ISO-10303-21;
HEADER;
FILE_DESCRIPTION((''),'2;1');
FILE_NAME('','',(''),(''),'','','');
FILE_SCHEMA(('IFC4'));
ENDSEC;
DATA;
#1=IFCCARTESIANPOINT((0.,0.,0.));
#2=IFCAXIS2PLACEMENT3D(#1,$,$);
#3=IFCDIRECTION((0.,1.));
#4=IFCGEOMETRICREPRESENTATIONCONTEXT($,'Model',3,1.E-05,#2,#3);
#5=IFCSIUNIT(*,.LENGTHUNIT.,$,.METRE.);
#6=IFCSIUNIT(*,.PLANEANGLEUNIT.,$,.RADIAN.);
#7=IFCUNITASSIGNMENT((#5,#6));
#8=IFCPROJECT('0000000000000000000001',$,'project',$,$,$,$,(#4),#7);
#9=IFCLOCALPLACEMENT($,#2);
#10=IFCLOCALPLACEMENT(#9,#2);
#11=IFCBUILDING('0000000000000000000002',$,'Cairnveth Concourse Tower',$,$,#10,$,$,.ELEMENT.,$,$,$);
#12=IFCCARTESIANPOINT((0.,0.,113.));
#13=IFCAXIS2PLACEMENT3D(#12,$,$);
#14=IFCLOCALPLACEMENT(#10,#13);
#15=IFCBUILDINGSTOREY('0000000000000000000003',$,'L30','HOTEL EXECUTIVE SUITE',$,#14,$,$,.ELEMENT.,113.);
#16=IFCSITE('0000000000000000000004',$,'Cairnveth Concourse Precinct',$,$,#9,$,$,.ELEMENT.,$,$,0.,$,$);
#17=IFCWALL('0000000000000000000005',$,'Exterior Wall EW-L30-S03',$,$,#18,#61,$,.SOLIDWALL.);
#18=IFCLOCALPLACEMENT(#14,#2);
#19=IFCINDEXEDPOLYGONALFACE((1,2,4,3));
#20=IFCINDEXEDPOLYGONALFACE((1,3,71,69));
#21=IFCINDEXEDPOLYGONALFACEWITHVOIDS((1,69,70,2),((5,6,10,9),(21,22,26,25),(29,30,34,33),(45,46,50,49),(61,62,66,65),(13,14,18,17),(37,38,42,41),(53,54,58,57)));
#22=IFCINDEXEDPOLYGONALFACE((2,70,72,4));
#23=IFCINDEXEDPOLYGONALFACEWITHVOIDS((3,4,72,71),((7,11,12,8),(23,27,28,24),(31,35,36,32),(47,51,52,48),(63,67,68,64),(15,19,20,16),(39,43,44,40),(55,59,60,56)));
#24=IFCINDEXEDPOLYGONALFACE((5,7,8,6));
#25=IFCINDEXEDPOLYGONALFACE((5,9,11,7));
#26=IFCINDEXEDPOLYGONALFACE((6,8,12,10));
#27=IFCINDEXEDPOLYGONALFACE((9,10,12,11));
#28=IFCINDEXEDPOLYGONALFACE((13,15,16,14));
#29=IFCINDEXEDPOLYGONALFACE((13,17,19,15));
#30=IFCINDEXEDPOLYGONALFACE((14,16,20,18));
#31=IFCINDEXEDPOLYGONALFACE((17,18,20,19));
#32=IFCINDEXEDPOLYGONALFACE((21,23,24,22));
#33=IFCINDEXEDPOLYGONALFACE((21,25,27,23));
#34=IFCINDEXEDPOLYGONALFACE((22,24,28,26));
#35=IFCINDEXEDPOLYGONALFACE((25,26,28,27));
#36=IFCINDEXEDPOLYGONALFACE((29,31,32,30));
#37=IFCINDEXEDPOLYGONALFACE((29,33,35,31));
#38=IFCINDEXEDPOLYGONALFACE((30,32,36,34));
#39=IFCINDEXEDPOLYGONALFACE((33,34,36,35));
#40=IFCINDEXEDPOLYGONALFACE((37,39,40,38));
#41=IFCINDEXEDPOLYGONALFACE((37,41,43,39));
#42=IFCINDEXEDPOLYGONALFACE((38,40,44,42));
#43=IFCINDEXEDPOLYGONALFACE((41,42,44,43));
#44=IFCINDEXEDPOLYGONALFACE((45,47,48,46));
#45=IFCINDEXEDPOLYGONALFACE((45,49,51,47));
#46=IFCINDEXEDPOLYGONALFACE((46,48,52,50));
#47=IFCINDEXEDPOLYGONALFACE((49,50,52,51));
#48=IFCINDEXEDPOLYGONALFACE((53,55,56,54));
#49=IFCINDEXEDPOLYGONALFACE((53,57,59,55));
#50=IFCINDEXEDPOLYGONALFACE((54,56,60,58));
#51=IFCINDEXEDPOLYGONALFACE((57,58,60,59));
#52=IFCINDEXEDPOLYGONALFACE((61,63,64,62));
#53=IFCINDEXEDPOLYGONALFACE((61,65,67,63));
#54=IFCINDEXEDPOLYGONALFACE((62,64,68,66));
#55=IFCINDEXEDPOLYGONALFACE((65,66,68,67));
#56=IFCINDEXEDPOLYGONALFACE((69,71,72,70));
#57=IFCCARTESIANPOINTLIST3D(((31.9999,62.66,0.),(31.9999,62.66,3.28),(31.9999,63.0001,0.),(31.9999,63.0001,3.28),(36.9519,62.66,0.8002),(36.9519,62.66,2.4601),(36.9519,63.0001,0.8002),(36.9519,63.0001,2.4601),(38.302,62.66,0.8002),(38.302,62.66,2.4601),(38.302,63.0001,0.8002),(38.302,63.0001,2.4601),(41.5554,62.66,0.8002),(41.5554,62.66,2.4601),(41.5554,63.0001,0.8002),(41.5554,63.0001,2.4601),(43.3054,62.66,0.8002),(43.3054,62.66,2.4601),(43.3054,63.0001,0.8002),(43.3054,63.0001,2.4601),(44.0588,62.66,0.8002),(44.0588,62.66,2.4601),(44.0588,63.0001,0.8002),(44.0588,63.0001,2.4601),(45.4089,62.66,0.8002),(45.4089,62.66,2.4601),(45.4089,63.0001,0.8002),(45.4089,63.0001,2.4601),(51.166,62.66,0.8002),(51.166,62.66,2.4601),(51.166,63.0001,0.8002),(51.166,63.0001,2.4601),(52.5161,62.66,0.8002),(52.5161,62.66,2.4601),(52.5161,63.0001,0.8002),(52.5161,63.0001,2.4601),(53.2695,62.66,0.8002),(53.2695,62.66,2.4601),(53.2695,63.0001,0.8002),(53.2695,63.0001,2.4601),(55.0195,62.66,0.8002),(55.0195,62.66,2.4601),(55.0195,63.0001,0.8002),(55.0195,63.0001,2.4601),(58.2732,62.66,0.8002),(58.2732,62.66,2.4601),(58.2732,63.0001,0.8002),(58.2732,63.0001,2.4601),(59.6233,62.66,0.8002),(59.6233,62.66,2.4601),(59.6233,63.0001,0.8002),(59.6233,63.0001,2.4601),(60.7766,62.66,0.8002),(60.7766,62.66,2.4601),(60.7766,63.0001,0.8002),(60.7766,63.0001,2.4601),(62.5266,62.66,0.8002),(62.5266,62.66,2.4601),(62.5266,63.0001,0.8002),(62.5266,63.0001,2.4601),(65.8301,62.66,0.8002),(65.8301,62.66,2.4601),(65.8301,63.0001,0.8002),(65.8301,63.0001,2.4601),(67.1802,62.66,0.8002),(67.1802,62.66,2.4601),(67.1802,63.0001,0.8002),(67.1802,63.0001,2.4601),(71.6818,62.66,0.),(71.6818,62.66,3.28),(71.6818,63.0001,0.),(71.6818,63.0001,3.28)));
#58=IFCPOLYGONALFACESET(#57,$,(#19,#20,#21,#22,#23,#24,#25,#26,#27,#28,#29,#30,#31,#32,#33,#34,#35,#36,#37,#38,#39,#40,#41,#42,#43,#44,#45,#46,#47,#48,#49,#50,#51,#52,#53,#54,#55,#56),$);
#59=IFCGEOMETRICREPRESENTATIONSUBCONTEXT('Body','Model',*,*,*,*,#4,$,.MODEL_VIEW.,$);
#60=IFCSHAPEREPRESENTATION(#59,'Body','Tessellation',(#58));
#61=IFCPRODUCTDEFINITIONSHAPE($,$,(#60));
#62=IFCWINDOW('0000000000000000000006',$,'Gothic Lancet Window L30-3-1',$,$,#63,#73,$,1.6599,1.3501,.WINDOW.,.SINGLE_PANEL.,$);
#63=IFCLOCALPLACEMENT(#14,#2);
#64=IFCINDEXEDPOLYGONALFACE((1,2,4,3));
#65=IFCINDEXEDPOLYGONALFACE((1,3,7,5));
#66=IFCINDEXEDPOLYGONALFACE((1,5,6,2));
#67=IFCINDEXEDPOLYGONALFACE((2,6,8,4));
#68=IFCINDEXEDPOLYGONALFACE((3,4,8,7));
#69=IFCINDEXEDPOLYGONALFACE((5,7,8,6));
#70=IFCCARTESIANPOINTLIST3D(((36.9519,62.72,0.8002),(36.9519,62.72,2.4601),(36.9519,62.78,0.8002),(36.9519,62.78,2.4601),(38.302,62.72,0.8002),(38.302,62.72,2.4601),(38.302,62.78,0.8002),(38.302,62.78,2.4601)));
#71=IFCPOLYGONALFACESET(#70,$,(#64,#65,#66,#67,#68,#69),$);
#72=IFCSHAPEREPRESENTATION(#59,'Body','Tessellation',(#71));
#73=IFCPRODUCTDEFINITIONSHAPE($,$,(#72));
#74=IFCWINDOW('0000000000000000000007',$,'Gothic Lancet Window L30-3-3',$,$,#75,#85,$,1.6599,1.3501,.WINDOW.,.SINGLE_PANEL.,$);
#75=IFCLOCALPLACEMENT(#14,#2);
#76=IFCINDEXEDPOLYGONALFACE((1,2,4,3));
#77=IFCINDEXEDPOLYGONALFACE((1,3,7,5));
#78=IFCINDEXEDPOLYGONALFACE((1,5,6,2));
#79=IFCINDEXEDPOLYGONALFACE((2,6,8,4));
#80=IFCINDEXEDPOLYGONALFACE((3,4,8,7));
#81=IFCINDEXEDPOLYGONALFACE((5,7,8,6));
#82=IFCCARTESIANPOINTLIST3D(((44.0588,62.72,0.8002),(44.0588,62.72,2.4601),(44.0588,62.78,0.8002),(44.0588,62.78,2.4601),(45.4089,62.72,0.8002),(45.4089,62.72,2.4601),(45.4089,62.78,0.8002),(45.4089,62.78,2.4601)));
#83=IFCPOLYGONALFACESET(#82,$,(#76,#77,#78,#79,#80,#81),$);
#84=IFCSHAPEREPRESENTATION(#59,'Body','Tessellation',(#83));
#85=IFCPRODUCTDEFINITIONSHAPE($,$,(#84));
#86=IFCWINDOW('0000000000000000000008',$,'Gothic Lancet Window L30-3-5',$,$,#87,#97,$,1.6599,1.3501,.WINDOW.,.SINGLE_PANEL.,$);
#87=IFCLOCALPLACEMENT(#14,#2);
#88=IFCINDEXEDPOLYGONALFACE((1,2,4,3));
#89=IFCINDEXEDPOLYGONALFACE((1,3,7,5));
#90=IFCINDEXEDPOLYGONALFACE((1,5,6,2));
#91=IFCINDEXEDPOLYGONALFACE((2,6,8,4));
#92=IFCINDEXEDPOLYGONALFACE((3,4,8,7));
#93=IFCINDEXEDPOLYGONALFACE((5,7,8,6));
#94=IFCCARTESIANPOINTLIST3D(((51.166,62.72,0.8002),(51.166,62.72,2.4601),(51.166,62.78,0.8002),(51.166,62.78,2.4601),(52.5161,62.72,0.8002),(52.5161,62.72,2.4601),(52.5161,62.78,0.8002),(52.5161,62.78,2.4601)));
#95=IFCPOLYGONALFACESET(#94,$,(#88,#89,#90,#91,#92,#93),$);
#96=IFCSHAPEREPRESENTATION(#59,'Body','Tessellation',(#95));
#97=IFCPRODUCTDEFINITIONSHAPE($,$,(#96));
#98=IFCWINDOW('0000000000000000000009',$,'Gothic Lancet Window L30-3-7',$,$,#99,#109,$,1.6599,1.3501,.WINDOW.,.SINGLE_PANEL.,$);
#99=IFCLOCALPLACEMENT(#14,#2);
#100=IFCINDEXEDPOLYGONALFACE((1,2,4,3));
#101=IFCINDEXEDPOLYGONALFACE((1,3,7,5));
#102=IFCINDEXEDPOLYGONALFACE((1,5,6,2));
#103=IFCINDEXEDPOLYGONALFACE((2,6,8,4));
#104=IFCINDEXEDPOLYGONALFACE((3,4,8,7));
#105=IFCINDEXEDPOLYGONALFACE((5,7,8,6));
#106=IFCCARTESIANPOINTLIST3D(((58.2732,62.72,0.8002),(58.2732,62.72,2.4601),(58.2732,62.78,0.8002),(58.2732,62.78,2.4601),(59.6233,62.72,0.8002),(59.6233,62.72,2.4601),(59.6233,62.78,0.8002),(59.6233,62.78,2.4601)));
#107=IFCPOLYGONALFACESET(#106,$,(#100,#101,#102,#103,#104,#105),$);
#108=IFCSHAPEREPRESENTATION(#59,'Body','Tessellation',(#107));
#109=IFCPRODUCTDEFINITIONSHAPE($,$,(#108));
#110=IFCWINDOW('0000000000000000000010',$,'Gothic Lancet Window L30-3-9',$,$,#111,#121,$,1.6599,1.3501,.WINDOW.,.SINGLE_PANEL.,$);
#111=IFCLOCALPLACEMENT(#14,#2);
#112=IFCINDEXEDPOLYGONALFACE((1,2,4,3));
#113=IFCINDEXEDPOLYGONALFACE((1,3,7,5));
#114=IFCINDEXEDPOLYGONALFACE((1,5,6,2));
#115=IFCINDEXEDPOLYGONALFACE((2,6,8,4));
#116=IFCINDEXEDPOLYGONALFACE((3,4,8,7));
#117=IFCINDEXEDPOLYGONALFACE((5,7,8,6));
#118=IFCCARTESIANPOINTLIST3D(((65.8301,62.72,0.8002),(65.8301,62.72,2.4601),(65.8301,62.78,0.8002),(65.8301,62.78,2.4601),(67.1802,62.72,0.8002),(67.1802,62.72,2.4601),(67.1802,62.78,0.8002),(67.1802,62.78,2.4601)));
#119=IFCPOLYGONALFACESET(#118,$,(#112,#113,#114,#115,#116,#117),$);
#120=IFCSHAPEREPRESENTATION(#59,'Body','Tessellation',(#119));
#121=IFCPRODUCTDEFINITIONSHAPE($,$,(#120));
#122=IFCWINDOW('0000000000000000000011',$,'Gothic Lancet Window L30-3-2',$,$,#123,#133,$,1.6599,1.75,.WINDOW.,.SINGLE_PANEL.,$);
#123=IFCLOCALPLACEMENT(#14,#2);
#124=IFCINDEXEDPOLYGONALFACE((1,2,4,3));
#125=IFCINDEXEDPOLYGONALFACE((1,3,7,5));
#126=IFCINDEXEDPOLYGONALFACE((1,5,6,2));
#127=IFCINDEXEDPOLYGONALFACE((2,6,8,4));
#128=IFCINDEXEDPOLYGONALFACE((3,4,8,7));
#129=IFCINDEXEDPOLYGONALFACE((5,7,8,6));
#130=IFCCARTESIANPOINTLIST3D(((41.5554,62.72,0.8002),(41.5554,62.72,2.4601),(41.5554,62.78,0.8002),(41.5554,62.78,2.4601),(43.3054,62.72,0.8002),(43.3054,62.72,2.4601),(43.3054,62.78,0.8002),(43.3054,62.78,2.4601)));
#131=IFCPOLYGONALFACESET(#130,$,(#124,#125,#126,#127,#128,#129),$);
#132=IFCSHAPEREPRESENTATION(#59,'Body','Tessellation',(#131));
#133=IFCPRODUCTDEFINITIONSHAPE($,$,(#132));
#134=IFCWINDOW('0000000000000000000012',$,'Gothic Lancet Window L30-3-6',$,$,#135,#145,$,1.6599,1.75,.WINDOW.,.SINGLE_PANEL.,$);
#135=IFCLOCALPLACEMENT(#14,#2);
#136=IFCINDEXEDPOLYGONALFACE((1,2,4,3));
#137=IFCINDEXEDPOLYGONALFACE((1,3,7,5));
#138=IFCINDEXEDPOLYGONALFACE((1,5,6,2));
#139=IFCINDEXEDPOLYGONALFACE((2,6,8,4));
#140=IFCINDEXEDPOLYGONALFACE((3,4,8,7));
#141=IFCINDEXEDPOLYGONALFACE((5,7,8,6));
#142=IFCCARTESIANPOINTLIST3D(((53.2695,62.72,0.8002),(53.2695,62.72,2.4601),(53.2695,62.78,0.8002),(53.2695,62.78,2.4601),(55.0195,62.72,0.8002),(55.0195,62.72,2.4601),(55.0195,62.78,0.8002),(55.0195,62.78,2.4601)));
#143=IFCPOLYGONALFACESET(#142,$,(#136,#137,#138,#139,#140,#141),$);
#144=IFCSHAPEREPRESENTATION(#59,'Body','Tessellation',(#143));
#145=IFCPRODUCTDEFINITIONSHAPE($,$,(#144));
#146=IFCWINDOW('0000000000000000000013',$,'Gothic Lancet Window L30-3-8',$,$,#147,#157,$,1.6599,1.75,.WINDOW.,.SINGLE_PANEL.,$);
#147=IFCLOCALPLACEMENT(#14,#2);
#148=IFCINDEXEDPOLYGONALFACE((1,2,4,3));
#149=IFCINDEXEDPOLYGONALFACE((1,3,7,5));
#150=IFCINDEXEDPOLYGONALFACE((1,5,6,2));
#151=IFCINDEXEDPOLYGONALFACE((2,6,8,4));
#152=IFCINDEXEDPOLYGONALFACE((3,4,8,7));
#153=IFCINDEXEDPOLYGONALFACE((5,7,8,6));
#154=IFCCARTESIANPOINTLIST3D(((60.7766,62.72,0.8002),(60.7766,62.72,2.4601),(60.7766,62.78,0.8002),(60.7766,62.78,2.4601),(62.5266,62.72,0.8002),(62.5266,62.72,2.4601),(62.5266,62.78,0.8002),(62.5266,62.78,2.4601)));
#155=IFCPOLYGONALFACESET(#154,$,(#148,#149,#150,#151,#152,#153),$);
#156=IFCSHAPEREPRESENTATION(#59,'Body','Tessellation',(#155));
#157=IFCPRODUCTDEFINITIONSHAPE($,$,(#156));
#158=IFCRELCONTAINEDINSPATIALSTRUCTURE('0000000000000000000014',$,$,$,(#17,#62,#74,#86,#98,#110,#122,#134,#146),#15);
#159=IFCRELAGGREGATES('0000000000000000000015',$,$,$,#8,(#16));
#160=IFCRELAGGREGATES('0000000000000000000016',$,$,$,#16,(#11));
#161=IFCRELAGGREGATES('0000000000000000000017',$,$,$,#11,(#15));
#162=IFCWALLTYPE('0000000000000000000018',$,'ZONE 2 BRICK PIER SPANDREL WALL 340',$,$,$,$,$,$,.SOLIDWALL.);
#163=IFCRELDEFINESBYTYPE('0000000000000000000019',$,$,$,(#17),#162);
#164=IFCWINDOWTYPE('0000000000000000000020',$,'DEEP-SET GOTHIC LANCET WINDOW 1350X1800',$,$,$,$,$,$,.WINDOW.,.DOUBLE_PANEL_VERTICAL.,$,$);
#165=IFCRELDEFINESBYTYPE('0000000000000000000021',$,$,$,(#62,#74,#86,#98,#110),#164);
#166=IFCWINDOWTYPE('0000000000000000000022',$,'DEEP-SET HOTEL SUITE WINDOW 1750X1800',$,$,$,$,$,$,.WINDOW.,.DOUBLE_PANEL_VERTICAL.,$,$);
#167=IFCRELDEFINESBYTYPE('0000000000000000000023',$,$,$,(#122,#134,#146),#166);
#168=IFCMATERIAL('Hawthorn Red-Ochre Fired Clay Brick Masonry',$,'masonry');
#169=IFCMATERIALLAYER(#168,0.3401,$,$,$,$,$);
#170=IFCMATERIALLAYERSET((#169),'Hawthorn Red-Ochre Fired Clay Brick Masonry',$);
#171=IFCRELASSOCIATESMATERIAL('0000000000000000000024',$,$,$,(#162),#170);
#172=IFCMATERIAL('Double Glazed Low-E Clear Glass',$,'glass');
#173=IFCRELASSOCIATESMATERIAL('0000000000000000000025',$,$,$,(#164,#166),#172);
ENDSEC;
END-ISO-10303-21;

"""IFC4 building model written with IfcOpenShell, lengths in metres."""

from ifc_helpers import new_model, si_unit, direction, frame, frame_2d, origin, place, context, subcontext, project, spatial, rectangle, extrude, material, layer, layer_set, type_object, element, fill, save


model = new_model("IFC4")

# Units and contexts
model_context = context("Model", 3, precision=1e-05, world=origin(), true_north=direction((0.0, 1.0)))
body_context = subcontext(model_context, "Body", "Model", "MODEL_VIEW")
ifc_project = project(units=[si_unit("LENGTHUNIT", "METRE"), si_unit("PLANEANGLEUNIT", "RADIAN")], contexts=[model_context])

# Site, building, storey
site_placement = place(None, origin())
site = spatial("IfcSite", under=ifc_project, at=site_placement, Name="Cairnveth Concourse Precinct", CompositionType="ELEMENT", RefElevation=0.0)
building_placement = place(site_placement, origin())
building = spatial("IfcBuilding", under=site, at=building_placement, Name="Cairnveth Concourse Tower", CompositionType="ELEMENT")
storey_placement = place(building_placement, frame((0.0, 0.0, 113.0)))
storey = spatial("IfcBuildingStorey", under=building, at=storey_placement, Name="L30", Description="HOTEL EXECUTIVE SUITE", CompositionType="ELEMENT", Elevation=113.0)

# Shared definitions
ifc_material_1 = material(Name="Hawthorn Red-Ochre Fired Clay Brick Masonry", Category="masonry")
ifc_layer_1 = layer(ifc_material_1, 0.3401)
ifc_layer_set_1 = layer_set([ifc_layer_1], Name="Hawthorn Red-Ochre Fired Clay Brick Masonry")
wall_type_1 = type_object("IfcWallType", Name="ZONE 2 BRICK PIER SPANDREL WALL 340", PredefinedType="SOLIDWALL", material=ifc_layer_set_1)

# Wall, openings, windows
wall_1_placement = place(storey_placement, frame((32.0, 62.8301, 0.0), z_axis=(0.0, 0.0, 1.0), x_axis=(1.0, 0.0, 0.0)))
wall_1 = element("IfcWall", 1, at=wall_1_placement, inside=storey, type_object=wall_type_1, Name="Exterior Wall EW-L30-S03", PredefinedType="SOLIDWALL", context=body_context, shape_type="SweptSolid", body=[
    extrude(rectangle(XDim=39.6819, YDim=0.3401, at=frame_2d((19.8408, 0.0))), origin(), (0.0, 0.0, 1.0), 3.28),
])
opening_1_placement = place(wall_1_placement, frame((4.9519, 0.0, 0.8)))
opening_1 = element("IfcOpeningElement", 2, at=opening_1_placement, cuts=wall_1, PredefinedType="OPENING", context=body_context, shape_type="SweptSolid", body=[
    extrude(rectangle(XDim=1.3501, YDim=1.6599, at=frame_2d((0.675, 0.8301))), frame((0.0, 0.1799, 0.0), z_axis=(0.0, -1.0, 0.0), x_axis=(1.0, 0.0, 0.0)), (0.0, 0.0, 1.0), 0.3601),
])
opening_2_placement = place(wall_1_placement, frame((9.5554, 0.0, 0.8)))
opening_2 = element("IfcOpeningElement", 3, at=opening_2_placement, cuts=wall_1, PredefinedType="OPENING", context=body_context, shape_type="SweptSolid", body=[
    extrude(rectangle(XDim=1.75, YDim=1.6599, at=frame_2d((0.875, 0.8301))), frame((0.0, 0.1799, 0.0), z_axis=(0.0, -1.0, 0.0), x_axis=(1.0, 0.0, 0.0)), (0.0, 0.0, 1.0), 0.3601),
])
opening_3_placement = place(wall_1_placement, frame((12.0588, 0.0, 0.8)))
opening_3 = element("IfcOpeningElement", 4, at=opening_3_placement, cuts=wall_1, PredefinedType="OPENING", context=body_context, shape_type="SweptSolid", body=[
    extrude(rectangle(XDim=1.3501, YDim=1.6599, at=frame_2d((0.675, 0.8301))), frame((0.0, 0.1799, 0.0), z_axis=(0.0, -1.0, 0.0), x_axis=(1.0, 0.0, 0.0)), (0.0, 0.0, 1.0), 0.3601),
])
opening_4_placement = place(wall_1_placement, frame((19.166, 0.0, 0.8)))
opening_4 = element("IfcOpeningElement", 5, at=opening_4_placement, cuts=wall_1, PredefinedType="OPENING", context=body_context, shape_type="SweptSolid", body=[
    extrude(rectangle(XDim=1.3501, YDim=1.6599, at=frame_2d((0.675, 0.8301))), frame((0.0, 0.1799, 0.0), z_axis=(0.0, -1.0, 0.0), x_axis=(1.0, 0.0, 0.0)), (0.0, 0.0, 1.0), 0.3601),
])
opening_5_placement = place(wall_1_placement, frame((21.2695, 0.0, 0.8)))
opening_5 = element("IfcOpeningElement", 6, at=opening_5_placement, cuts=wall_1, PredefinedType="OPENING", context=body_context, shape_type="SweptSolid", body=[
    extrude(rectangle(XDim=1.75, YDim=1.6599, at=frame_2d((0.875, 0.8301))), frame((0.0, 0.1799, 0.0), z_axis=(0.0, -1.0, 0.0), x_axis=(1.0, 0.0, 0.0)), (0.0, 0.0, 1.0), 0.3601),
])
opening_6_placement = place(wall_1_placement, frame((26.2732, 0.0, 0.8)))
opening_6 = element("IfcOpeningElement", 7, at=opening_6_placement, cuts=wall_1, PredefinedType="OPENING", context=body_context, shape_type="SweptSolid", body=[
    extrude(rectangle(XDim=1.3501, YDim=1.6599, at=frame_2d((0.675, 0.8301))), frame((0.0, 0.1799, 0.0), z_axis=(0.0, -1.0, 0.0), x_axis=(1.0, 0.0, 0.0)), (0.0, 0.0, 1.0), 0.3601),
])
opening_7_placement = place(wall_1_placement, frame((28.7766, 0.0, 0.8)))
opening_7 = element("IfcOpeningElement", 8, at=opening_7_placement, cuts=wall_1, PredefinedType="OPENING", context=body_context, shape_type="SweptSolid", body=[
    extrude(rectangle(XDim=1.75, YDim=1.6599, at=frame_2d((0.875, 0.8301))), frame((0.0, 0.1799, 0.0), z_axis=(0.0, -1.0, 0.0), x_axis=(1.0, 0.0, 0.0)), (0.0, 0.0, 1.0), 0.3601),
])
opening_8_placement = place(wall_1_placement, frame((33.8301, 0.0, 0.8)))
opening_8 = element("IfcOpeningElement", 9, at=opening_8_placement, cuts=wall_1, PredefinedType="OPENING", context=body_context, shape_type="SweptSolid", body=[
    extrude(rectangle(XDim=1.3501, YDim=1.6599, at=frame_2d((0.675, 0.8301))), frame((0.0, 0.1799, 0.0), z_axis=(0.0, -1.0, 0.0), x_axis=(1.0, 0.0, 0.0)), (0.0, 0.0, 1.0), 0.3601),
])
ifc_material_2 = material(Name="Double Glazed Low-E Clear Glass", Category="glass")
window_type_1 = type_object("IfcWindowType", Name="DEEP-SET GOTHIC LANCET WINDOW 1350X1800", PartitioningType="DOUBLE_PANEL_VERTICAL", PredefinedType="WINDOW", material=ifc_material_2)
window_1_placement = place(opening_1_placement, origin())
window_1 = element("IfcWindow", 10, at=window_1_placement, inside=storey, type_object=window_type_1, Name="Gothic Lancet Window L30-3-1", OverallHeight=1.6599, OverallWidth=1.3501, PartitioningType="SINGLE_PANEL", PredefinedType="WINDOW", context=body_context, shape_type="SweptSolid", body=[
    extrude(rectangle(XDim=1.3501, YDim=1.6599, at=frame_2d((0.675, 0.8301))), frame((0.0, -0.05, 0.0), z_axis=(0.0, -1.0, 0.0), x_axis=(1.0, 0.0, 0.0)), (0.0, 0.0, 1.0), 0.0601),
])
fill(opening_1, window_1)
window_2_placement = place(opening_3_placement, origin())
window_2 = element("IfcWindow", 11, at=window_2_placement, inside=storey, type_object=window_type_1, Name="Gothic Lancet Window L30-3-3", OverallHeight=1.6599, OverallWidth=1.3501, PartitioningType="SINGLE_PANEL", PredefinedType="WINDOW", context=body_context, shape_type="SweptSolid", body=[
    extrude(rectangle(XDim=1.3501, YDim=1.6599, at=frame_2d((0.675, 0.8301))), frame((0.0, -0.05, 0.0), z_axis=(0.0, -1.0, 0.0), x_axis=(1.0, 0.0, 0.0)), (0.0, 0.0, 1.0), 0.0601),
])
fill(opening_3, window_2)
window_3_placement = place(opening_4_placement, origin())
window_3 = element("IfcWindow", 12, at=window_3_placement, inside=storey, type_object=window_type_1, Name="Gothic Lancet Window L30-3-5", OverallHeight=1.6599, OverallWidth=1.3501, PartitioningType="SINGLE_PANEL", PredefinedType="WINDOW", context=body_context, shape_type="SweptSolid", body=[
    extrude(rectangle(XDim=1.3501, YDim=1.6599, at=frame_2d((0.675, 0.8301))), frame((0.0, -0.05, 0.0), z_axis=(0.0, -1.0, 0.0), x_axis=(1.0, 0.0, 0.0)), (0.0, 0.0, 1.0), 0.0601),
])
fill(opening_4, window_3)
window_4_placement = place(opening_6_placement, origin())
window_4 = element("IfcWindow", 13, at=window_4_placement, inside=storey, type_object=window_type_1, Name="Gothic Lancet Window L30-3-7", OverallHeight=1.6599, OverallWidth=1.3501, PartitioningType="SINGLE_PANEL", PredefinedType="WINDOW", context=body_context, shape_type="SweptSolid", body=[
    extrude(rectangle(XDim=1.3501, YDim=1.6599, at=frame_2d((0.675, 0.8301))), frame((0.0, -0.05, 0.0), z_axis=(0.0, -1.0, 0.0), x_axis=(1.0, 0.0, 0.0)), (0.0, 0.0, 1.0), 0.0601),
])
fill(opening_6, window_4)
window_5_placement = place(opening_8_placement, origin())
window_5 = element("IfcWindow", 14, at=window_5_placement, inside=storey, type_object=window_type_1, Name="Gothic Lancet Window L30-3-9", OverallHeight=1.6599, OverallWidth=1.3501, PartitioningType="SINGLE_PANEL", PredefinedType="WINDOW", context=body_context, shape_type="SweptSolid", body=[
    extrude(rectangle(XDim=1.3501, YDim=1.6599, at=frame_2d((0.675, 0.8301))), frame((0.0, -0.05, 0.0), z_axis=(0.0, -1.0, 0.0), x_axis=(1.0, 0.0, 0.0)), (0.0, 0.0, 1.0), 0.0601),
])
fill(opening_8, window_5)
window_type_2 = type_object("IfcWindowType", Name="DEEP-SET HOTEL SUITE WINDOW 1750X1800", PartitioningType="DOUBLE_PANEL_VERTICAL", PredefinedType="WINDOW", material=ifc_material_2)
window_6_placement = place(opening_2_placement, origin())
window_6 = element("IfcWindow", 15, at=window_6_placement, inside=storey, type_object=window_type_2, Name="Gothic Lancet Window L30-3-2", OverallHeight=1.6599, OverallWidth=1.75, PartitioningType="SINGLE_PANEL", PredefinedType="WINDOW", context=body_context, shape_type="SweptSolid", body=[
    extrude(rectangle(XDim=1.75, YDim=1.6599, at=frame_2d((0.875, 0.8301))), frame((0.0, -0.05, 0.0), z_axis=(0.0, -1.0, 0.0), x_axis=(1.0, 0.0, 0.0)), (0.0, 0.0, 1.0), 0.0601),
])
fill(opening_2, window_6)
window_7_placement = place(opening_5_placement, origin())
window_7 = element("IfcWindow", 16, at=window_7_placement, inside=storey, type_object=window_type_2, Name="Gothic Lancet Window L30-3-6", OverallHeight=1.6599, OverallWidth=1.75, PartitioningType="SINGLE_PANEL", PredefinedType="WINDOW", context=body_context, shape_type="SweptSolid", body=[
    extrude(rectangle(XDim=1.75, YDim=1.6599, at=frame_2d((0.875, 0.8301))), frame((0.0, -0.05, 0.0), z_axis=(0.0, -1.0, 0.0), x_axis=(1.0, 0.0, 0.0)), (0.0, 0.0, 1.0), 0.0601),
])
fill(opening_5, window_7)
window_8_placement = place(opening_7_placement, origin())
window_8 = element("IfcWindow", 17, at=window_8_placement, inside=storey, type_object=window_type_2, Name="Gothic Lancet Window L30-3-8", OverallHeight=1.6599, OverallWidth=1.75, PartitioningType="SINGLE_PANEL", PredefinedType="WINDOW", context=body_context, shape_type="SweptSolid", body=[
    extrude(rectangle(XDim=1.75, YDim=1.6599, at=frame_2d((0.875, 0.8301))), frame((0.0, -0.05, 0.0), z_axis=(0.0, -1.0, 0.0), x_axis=(1.0, 0.0, 0.0)), (0.0, 0.0, 1.0), 0.0601),
])
fill(opening_7, window_8)

save(model, "model.ifc")
